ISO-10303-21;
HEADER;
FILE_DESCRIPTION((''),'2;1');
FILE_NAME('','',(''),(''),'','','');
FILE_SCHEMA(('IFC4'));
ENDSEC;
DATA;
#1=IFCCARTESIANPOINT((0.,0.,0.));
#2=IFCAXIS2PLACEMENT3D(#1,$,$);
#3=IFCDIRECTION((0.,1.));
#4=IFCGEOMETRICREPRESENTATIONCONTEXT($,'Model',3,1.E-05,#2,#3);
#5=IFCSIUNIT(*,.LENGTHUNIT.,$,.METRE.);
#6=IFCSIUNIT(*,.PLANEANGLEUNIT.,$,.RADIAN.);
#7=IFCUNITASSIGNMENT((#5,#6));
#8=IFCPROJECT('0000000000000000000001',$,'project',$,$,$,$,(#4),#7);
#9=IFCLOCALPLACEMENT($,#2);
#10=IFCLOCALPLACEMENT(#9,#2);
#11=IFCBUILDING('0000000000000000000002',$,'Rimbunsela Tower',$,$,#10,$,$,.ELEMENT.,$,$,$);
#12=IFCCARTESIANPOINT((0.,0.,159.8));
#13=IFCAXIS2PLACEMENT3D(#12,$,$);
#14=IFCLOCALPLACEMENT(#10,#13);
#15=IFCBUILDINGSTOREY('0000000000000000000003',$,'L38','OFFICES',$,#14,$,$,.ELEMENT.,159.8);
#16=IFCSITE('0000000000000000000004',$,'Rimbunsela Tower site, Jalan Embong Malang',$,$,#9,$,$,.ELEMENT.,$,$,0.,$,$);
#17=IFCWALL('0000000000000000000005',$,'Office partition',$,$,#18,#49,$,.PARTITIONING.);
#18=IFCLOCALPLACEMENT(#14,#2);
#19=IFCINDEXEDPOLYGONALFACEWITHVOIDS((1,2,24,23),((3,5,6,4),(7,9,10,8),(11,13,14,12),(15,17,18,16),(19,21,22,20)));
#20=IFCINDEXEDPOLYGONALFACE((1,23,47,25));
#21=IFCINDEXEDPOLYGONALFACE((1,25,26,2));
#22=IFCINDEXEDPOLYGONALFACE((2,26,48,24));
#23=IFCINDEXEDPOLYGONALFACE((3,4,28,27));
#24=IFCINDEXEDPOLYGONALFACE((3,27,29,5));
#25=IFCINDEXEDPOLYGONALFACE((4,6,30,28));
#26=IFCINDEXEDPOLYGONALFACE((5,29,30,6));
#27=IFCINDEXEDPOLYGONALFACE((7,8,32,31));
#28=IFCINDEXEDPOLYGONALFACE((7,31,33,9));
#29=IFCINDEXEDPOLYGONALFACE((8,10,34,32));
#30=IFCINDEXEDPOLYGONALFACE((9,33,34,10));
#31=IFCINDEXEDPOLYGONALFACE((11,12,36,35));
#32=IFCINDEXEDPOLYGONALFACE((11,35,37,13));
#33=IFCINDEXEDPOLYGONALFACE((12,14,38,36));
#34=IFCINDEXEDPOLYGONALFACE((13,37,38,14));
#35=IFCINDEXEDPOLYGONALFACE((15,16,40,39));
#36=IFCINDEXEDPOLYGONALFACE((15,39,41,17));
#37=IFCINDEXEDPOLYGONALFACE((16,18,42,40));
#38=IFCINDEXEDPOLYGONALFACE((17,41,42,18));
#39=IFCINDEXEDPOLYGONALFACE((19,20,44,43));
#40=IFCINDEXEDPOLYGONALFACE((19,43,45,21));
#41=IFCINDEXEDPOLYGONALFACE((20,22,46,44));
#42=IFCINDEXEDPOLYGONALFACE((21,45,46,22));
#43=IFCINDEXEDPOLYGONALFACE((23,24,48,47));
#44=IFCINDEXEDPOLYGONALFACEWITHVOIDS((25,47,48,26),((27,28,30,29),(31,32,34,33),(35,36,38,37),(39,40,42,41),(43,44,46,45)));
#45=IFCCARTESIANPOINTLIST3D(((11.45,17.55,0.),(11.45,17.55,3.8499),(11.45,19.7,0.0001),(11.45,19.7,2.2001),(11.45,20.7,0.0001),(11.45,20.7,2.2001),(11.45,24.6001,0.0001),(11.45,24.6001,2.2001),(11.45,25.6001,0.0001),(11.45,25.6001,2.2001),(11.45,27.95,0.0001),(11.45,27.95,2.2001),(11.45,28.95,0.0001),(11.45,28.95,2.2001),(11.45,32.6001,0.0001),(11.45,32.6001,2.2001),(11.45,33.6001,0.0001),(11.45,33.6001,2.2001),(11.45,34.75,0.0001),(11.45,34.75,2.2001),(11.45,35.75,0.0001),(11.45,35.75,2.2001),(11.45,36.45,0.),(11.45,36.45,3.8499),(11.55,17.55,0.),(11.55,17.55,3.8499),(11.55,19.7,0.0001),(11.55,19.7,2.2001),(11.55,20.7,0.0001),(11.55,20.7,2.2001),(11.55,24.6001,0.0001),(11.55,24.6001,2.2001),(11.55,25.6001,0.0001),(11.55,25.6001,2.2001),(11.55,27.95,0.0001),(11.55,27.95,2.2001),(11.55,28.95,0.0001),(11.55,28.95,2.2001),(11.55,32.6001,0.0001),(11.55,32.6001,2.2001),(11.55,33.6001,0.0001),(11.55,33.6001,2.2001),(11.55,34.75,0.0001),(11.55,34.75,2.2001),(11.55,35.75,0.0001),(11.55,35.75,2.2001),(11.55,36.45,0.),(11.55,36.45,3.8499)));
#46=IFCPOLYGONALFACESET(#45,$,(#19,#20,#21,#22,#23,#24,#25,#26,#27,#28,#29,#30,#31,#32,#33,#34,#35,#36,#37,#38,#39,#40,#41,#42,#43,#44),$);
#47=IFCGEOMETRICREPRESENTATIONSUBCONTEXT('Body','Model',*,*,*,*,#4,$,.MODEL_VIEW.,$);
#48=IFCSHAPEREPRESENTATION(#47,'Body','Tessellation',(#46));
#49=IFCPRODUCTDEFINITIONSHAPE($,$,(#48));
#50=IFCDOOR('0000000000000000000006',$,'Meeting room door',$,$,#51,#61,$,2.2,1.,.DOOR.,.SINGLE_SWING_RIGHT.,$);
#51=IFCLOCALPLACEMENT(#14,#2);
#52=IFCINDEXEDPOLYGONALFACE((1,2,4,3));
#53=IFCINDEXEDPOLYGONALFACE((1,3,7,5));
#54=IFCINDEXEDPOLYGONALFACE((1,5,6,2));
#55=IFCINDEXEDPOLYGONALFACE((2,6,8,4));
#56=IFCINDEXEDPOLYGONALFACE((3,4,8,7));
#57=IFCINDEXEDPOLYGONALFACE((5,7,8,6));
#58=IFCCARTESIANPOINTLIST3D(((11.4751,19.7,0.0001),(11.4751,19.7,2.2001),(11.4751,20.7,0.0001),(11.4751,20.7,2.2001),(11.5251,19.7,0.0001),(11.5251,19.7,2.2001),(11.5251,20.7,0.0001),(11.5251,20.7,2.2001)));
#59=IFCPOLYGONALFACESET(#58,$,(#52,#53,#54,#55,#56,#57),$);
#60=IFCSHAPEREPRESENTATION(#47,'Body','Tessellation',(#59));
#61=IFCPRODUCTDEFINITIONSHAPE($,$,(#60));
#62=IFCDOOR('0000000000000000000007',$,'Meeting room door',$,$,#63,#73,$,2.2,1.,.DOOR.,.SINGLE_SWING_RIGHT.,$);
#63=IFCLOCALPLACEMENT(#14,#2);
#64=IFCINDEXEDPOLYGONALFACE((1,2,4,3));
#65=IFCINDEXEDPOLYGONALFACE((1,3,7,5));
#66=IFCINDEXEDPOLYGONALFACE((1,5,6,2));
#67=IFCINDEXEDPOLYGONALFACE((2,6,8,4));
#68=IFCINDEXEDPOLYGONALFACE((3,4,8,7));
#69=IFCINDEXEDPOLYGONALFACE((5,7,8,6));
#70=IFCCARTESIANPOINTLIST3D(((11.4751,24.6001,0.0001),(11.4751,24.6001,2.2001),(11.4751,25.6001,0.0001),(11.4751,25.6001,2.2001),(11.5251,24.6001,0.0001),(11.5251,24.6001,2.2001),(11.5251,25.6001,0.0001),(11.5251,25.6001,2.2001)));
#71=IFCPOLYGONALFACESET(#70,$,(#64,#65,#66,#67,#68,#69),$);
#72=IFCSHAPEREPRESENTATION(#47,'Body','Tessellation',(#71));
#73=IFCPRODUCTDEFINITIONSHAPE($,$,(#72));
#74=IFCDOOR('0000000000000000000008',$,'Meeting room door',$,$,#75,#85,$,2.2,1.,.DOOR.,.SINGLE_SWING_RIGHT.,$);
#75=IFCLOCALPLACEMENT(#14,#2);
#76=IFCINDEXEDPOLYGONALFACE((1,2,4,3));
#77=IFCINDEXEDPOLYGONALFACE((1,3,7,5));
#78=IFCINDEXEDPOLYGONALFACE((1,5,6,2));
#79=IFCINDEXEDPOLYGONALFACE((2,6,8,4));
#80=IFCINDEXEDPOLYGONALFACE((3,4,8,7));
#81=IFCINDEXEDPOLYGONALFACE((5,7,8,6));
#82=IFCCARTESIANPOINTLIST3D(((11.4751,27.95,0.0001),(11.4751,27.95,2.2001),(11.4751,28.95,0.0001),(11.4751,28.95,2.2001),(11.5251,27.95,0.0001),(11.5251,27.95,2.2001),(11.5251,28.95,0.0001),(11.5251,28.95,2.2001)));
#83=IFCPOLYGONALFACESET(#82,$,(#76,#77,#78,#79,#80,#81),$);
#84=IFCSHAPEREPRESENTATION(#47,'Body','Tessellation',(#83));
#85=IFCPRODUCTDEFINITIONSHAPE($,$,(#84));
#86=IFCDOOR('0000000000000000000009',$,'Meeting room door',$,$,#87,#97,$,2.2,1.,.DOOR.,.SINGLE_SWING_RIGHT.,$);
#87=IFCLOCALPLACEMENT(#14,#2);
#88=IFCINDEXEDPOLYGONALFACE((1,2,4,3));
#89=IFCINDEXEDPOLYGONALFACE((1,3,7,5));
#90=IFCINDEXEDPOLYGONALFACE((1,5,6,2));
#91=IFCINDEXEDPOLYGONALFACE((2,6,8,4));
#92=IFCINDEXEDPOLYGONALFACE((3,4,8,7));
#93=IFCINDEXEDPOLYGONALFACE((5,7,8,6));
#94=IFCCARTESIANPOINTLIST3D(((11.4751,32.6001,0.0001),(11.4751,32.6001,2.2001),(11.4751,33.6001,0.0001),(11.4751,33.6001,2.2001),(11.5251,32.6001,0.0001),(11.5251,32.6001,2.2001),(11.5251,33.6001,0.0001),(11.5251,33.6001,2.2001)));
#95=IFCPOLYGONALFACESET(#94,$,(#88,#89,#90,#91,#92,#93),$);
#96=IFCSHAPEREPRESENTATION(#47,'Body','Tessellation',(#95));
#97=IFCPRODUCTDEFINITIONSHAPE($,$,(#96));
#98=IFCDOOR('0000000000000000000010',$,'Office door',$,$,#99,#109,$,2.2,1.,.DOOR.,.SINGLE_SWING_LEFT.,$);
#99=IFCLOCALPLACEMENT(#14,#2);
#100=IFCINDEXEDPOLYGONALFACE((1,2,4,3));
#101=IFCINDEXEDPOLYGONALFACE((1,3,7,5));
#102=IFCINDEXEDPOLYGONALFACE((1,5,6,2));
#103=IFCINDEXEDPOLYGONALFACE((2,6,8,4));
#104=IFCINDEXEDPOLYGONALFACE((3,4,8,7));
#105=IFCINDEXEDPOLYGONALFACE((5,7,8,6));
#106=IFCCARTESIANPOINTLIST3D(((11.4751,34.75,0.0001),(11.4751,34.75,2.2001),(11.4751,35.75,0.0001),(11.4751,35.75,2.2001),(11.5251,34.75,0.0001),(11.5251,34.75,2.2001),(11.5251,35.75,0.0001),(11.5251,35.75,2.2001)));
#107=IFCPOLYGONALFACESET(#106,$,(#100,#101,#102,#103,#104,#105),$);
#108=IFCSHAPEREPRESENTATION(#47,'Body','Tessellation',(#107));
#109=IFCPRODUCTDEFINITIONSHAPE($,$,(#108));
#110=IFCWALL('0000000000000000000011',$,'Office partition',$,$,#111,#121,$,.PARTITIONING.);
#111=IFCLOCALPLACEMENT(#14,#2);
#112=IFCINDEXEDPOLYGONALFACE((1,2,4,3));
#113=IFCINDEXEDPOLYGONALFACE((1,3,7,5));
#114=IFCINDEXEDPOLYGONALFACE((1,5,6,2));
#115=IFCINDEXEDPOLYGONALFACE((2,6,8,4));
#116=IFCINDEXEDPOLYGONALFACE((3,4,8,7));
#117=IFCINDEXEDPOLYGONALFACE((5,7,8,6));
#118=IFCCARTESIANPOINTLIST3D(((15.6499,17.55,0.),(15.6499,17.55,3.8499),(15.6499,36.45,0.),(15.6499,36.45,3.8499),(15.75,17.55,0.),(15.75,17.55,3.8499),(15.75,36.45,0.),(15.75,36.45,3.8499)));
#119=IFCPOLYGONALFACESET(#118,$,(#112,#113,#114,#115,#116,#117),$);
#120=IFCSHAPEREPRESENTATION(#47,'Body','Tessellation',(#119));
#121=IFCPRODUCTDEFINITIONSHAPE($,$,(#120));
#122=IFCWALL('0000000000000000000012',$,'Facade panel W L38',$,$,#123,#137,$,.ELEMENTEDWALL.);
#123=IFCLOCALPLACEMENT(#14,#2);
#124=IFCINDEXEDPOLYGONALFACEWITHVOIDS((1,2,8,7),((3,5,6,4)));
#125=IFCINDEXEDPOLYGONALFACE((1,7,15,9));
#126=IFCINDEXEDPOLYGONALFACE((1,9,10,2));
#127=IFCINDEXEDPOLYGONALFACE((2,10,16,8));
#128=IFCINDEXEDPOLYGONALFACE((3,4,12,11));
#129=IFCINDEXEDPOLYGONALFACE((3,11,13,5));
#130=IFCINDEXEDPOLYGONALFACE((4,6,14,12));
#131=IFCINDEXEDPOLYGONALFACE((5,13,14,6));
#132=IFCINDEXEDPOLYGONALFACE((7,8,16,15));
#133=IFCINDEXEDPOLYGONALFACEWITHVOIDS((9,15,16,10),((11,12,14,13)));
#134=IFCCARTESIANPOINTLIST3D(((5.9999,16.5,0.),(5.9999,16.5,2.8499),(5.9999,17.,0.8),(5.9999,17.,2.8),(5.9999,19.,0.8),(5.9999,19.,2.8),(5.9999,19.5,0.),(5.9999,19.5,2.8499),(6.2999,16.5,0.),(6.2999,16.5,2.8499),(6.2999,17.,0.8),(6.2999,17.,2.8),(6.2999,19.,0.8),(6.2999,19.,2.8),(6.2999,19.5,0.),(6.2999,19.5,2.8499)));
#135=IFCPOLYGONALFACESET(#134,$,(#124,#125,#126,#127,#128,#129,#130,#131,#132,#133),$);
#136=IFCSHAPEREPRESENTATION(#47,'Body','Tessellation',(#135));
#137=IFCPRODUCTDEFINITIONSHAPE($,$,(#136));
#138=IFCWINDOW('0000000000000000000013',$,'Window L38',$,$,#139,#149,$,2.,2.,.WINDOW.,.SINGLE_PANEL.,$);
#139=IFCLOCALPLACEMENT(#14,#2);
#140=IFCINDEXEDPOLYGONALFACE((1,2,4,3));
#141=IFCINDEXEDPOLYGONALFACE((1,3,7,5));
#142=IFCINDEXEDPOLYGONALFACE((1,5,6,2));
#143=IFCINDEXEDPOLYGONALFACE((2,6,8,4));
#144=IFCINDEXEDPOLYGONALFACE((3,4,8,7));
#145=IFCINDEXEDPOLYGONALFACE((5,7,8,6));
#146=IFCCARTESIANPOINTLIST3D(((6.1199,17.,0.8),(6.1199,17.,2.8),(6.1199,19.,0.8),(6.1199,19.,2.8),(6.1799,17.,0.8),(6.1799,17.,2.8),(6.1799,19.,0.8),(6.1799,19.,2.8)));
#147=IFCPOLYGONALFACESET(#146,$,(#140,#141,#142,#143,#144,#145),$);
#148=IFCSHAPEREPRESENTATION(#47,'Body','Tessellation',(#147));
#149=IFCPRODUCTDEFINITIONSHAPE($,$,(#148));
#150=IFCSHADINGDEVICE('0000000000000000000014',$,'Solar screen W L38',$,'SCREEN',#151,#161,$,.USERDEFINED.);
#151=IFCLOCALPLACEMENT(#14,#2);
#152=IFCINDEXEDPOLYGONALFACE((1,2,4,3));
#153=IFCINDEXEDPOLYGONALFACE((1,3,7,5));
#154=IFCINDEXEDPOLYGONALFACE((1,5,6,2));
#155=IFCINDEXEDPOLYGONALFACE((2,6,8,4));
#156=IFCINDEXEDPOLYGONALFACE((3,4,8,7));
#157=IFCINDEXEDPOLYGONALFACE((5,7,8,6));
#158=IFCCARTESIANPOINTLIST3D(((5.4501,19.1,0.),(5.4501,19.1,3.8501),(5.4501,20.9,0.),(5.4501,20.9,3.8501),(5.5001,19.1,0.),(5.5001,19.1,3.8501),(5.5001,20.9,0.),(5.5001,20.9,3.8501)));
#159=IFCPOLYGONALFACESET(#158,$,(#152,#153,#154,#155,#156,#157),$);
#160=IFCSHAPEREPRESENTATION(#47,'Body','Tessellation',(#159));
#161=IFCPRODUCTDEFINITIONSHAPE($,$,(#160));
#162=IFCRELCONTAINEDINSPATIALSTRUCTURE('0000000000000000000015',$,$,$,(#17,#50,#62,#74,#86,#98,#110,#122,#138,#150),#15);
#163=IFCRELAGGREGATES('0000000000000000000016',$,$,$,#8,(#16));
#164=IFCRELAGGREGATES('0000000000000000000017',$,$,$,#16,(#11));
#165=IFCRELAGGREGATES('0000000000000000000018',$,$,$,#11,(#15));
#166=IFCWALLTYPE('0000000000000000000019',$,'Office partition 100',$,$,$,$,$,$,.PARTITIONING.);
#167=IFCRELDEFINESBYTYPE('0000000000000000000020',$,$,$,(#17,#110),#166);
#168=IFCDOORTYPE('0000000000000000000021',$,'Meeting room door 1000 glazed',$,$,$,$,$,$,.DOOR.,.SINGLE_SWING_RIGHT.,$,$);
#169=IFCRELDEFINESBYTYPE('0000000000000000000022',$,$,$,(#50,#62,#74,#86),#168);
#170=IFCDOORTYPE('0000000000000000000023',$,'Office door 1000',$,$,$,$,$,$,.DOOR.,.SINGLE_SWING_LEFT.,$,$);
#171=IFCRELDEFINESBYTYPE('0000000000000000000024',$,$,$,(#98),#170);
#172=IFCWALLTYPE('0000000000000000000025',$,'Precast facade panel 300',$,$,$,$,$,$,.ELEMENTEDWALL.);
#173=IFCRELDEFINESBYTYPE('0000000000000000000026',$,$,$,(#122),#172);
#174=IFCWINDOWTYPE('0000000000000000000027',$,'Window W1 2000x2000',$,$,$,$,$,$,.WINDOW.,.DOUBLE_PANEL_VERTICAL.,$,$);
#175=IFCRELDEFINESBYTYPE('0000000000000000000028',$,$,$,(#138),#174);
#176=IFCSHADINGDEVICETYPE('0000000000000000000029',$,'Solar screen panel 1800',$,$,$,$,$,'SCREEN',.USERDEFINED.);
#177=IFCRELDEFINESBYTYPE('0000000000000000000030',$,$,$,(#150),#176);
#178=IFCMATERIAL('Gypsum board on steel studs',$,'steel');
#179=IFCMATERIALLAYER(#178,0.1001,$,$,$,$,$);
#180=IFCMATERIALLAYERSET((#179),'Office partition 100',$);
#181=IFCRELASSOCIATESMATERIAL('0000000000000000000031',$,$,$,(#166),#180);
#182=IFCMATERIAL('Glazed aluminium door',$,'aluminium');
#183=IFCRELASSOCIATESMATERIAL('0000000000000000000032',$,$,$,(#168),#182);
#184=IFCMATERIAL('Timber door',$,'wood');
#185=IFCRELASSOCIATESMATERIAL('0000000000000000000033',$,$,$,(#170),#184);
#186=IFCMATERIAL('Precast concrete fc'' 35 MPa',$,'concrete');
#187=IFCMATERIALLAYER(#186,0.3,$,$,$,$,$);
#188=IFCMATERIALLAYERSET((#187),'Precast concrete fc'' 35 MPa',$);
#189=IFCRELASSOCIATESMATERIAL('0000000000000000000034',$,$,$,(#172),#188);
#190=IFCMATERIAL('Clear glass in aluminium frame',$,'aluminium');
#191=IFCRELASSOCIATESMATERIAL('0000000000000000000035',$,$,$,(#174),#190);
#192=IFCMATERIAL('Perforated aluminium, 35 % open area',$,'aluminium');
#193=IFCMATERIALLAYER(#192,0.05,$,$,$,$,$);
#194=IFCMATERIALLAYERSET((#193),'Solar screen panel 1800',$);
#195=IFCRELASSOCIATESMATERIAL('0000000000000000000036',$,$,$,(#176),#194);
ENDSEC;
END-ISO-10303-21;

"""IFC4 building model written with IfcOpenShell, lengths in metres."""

from ifc_helpers import new_model, si_unit, direction, frame, frame_2d, origin, origin_2d, place, context, subcontext, project, spatial, rectangle, extrude, material, layer, layer_set, type_object, element, fill, save


model = new_model("IFC4")

# Units and contexts
model_context = context("Model", 3, precision=1e-05, world=origin(), true_north=direction((0.0, 1.0)))
body_context = subcontext(model_context, "Body", "Model", "MODEL_VIEW")
ifc_project = project(units=[si_unit("LENGTHUNIT", "METRE"), si_unit("PLANEANGLEUNIT", "RADIAN")], contexts=[model_context])

# Site, building, storey
site_placement = place(None, origin())
site = spatial("IfcSite", under=ifc_project, at=site_placement, Name="Rimbunsela Tower site, Jalan Embong Malang", CompositionType="ELEMENT", RefElevation=0.0)
building_placement = place(site_placement, origin())
building = spatial("IfcBuilding", under=site, at=building_placement, Name="Rimbunsela Tower", CompositionType="ELEMENT")
storey_placement = place(building_placement, frame((0.0, 0.0, 159.8)))
storey = spatial("IfcBuildingStorey", under=building, at=storey_placement, Name="L38", Description="OFFICES", CompositionType="ELEMENT", Elevation=159.8)

# Shared definitions
ifc_material_1 = material(Name="Gypsum board on steel studs", Category="steel")
ifc_layer_1 = layer(ifc_material_1, 0.1001)
ifc_layer_set_1 = layer_set([ifc_layer_1], Name="Office partition 100")
wall_type_1 = type_object("IfcWallType", Name="Office partition 100", PredefinedType="PARTITIONING", material=ifc_layer_set_1)

# Wall, openings, doors
wall_1_placement = place(storey_placement, frame((11.5, 17.55, 0.0), z_axis=(0.0, 0.0, 1.0), x_axis=(0.0, 1.0, 0.0)))
wall_1 = element("IfcWall", 1, at=wall_1_placement, inside=storey, type_object=wall_type_1, Name="Office partition", PredefinedType="PARTITIONING", context=body_context, shape_type="SweptSolid", body=[
    extrude(rectangle(XDim=18.8999, YDim=0.1001, at=frame_2d((9.45, 0.0))), origin(), (0.0, 0.0, 1.0), 3.8499),
])
opening_1_placement = place(wall_1_placement, frame((2.1499, 0.0, 0.0)))
opening_1 = element("IfcOpeningElement", 2, at=opening_1_placement, cuts=wall_1, PredefinedType="OPENING", context=body_context, shape_type="SweptSolid", body=[
    extrude(rectangle(XDim=1.0, YDim=2.2, at=frame_2d((0.5, 1.1001))), frame((0.0, 0.0601, 0.0), z_axis=(0.0, -1.0, 0.0), x_axis=(1.0, 0.0, 0.0)), (0.0, 0.0, 1.0), 0.1201),
])
opening_2_placement = place(wall_1_placement, frame((7.05, 0.0, 0.0)))
opening_2 = element("IfcOpeningElement", 3, at=opening_2_placement, cuts=wall_1, PredefinedType="OPENING", context=body_context, shape_type="SweptSolid", body=[
    extrude(rectangle(XDim=1.0, YDim=2.2, at=frame_2d((0.5, 1.1001))), frame((0.0, 0.0601, 0.0), z_axis=(0.0, -1.0, 0.0), x_axis=(1.0, 0.0, 0.0)), (0.0, 0.0, 1.0), 0.1201),
])
opening_3_placement = place(wall_1_placement, frame((10.3999, 0.0, 0.0)))
opening_3 = element("IfcOpeningElement", 4, at=opening_3_placement, cuts=wall_1, PredefinedType="OPENING", context=body_context, shape_type="SweptSolid", body=[
    extrude(rectangle(XDim=1.0, YDim=2.2, at=frame_2d((0.5, 1.1001))), frame((0.0, 0.0601, 0.0), z_axis=(0.0, -1.0, 0.0), x_axis=(1.0, 0.0, 0.0)), (0.0, 0.0, 1.0), 0.1201),
])
opening_4_placement = place(wall_1_placement, frame((15.05, 0.0, 0.0)))
opening_4 = element("IfcOpeningElement", 5, at=opening_4_placement, cuts=wall_1, PredefinedType="OPENING", context=body_context, shape_type="SweptSolid", body=[
    extrude(rectangle(XDim=1.0, YDim=2.2, at=frame_2d((0.5, 1.1001))), frame((0.0, 0.0601, 0.0), z_axis=(0.0, -1.0, 0.0), x_axis=(1.0, 0.0, 0.0)), (0.0, 0.0, 1.0), 0.1201),
])
opening_5_placement = place(wall_1_placement, frame((17.2, 0.0, 0.0)))
opening_5 = element("IfcOpeningElement", 6, at=opening_5_placement, cuts=wall_1, PredefinedType="OPENING", context=body_context, shape_type="SweptSolid", body=[
    extrude(rectangle(XDim=1.0, YDim=2.2, at=frame_2d((0.5, 1.1001))), frame((0.0, 0.0601, 0.0), z_axis=(0.0, -1.0, 0.0), x_axis=(1.0, 0.0, 0.0)), (0.0, 0.0, 1.0), 0.1201),
])
ifc_material_2 = material(Name="Glazed aluminium door", Category="aluminium")
door_type_1 = type_object("IfcDoorType", Name="Meeting room door 1000 glazed", OperationType="SINGLE_SWING_RIGHT", PredefinedType="DOOR", material=ifc_material_2)
door_1_placement = place(opening_1_placement, origin())
door_1 = element("IfcDoor", 7, at=door_1_placement, inside=storey, type_object=door_type_1, Name="Meeting room door", OperationType="SINGLE_SWING_RIGHT", OverallHeight=2.2, OverallWidth=1.0, PredefinedType="DOOR", context=body_context, shape_type="SweptSolid", body=[
    extrude(rectangle(XDim=1.0, YDim=2.2, at=frame_2d((0.5, 1.1001))), frame((0.0, 0.0249, 0.0), z_axis=(0.0, -1.0, 0.0), x_axis=(1.0, 0.0, 0.0)), (0.0, 0.0, 1.0), 0.05),
])
fill(opening_1, door_1)
door_2_placement = place(opening_2_placement, origin())
door_2 = element("IfcDoor", 8, at=door_2_placement, inside=storey, type_object=door_type_1, Name="Meeting room door", OperationType="SINGLE_SWING_RIGHT", OverallHeight=2.2, OverallWidth=1.0, PredefinedType="DOOR", context=body_context, shape_type="SweptSolid", body=[
    extrude(rectangle(XDim=1.0, YDim=2.2, at=frame_2d((0.5, 1.1001))), frame((0.0, 0.0249, 0.0), z_axis=(0.0, -1.0, 0.0), x_axis=(1.0, 0.0, 0.0)), (0.0, 0.0, 1.0), 0.05),
])
fill(opening_2, door_2)
door_3_placement = place(opening_3_placement, origin())
door_3 = element("IfcDoor", 9, at=door_3_placement, inside=storey, type_object=door_type_1, Name="Meeting room door", OperationType="SINGLE_SWING_RIGHT", OverallHeight=2.2, OverallWidth=1.0, PredefinedType="DOOR", context=body_context, shape_type="SweptSolid", body=[
    extrude(rectangle(XDim=1.0, YDim=2.2, at=frame_2d((0.5, 1.1001))), frame((0.0, 0.0249, 0.0), z_axis=(0.0, -1.0, 0.0), x_axis=(1.0, 0.0, 0.0)), (0.0, 0.0, 1.0), 0.05),
])
fill(opening_3, door_3)
door_4_placement = place(opening_4_placement, origin())
door_4 = element("IfcDoor", 10, at=door_4_placement, inside=storey, type_object=door_type_1, Name="Meeting room door", OperationType="SINGLE_SWING_RIGHT", OverallHeight=2.2, OverallWidth=1.0, PredefinedType="DOOR", context=body_context, shape_type="SweptSolid", body=[
    extrude(rectangle(XDim=1.0, YDim=2.2, at=frame_2d((0.5, 1.1001))), frame((0.0, 0.0249, 0.0), z_axis=(0.0, -1.0, 0.0), x_axis=(1.0, 0.0, 0.0)), (0.0, 0.0, 1.0), 0.05),
])
fill(opening_4, door_4)
ifc_material_3 = material(Name="Timber door", Category="wood")
door_type_2 = type_object("IfcDoorType", Name="Office door 1000", OperationType="SINGLE_SWING_LEFT", PredefinedType="DOOR", material=ifc_material_3)
door_5_placement = place(opening_5_placement, origin())
door_5 = element("IfcDoor", 11, at=door_5_placement, inside=storey, type_object=door_type_2, Name="Office door", OperationType="SINGLE_SWING_LEFT", OverallHeight=2.2, OverallWidth=1.0, PredefinedType="DOOR", context=body_context, shape_type="SweptSolid", body=[
    extrude(rectangle(XDim=1.0, YDim=2.2, at=frame_2d((0.5, 1.1001))), frame((0.0, 0.0249, 0.0), z_axis=(0.0, -1.0, 0.0), x_axis=(1.0, 0.0, 0.0)), (0.0, 0.0, 1.0), 0.05),
])
fill(opening_5, door_5)

# Wall
wall_2_placement = place(storey_placement, frame((15.7, 17.55, 0.0), z_axis=(0.0, 0.0, 1.0), x_axis=(0.0, 1.0, 0.0)))
element("IfcWall", 12, at=wall_2_placement, inside=storey, type_object=wall_type_1, Name="Office partition", PredefinedType="PARTITIONING", context=body_context, shape_type="SweptSolid", body=[
    extrude(rectangle(XDim=18.8999, YDim=0.1001, at=frame_2d((9.45, 0.0))), origin(), (0.0, 0.0, 1.0), 3.8499),
])

# Wall, opening, window
ifc_material_4 = material(Name="Precast concrete fc' 35 MPa", Category="concrete")
ifc_layer_2 = layer(ifc_material_4, 0.3)
ifc_layer_set_2 = layer_set([ifc_layer_2], Name="Precast concrete fc' 35 MPa")
wall_type_2 = type_object("IfcWallType", Name="Precast facade panel 300", PredefinedType="ELEMENTEDWALL", material=ifc_layer_set_2)
wall_3_placement = place(storey_placement, frame((6.1499, 19.5, 0.0), z_axis=(0.0, 0.0, 1.0), x_axis=(0.0, -1.0, 0.0)))
wall_3 = element("IfcWall", 13, at=wall_3_placement, inside=storey, type_object=wall_type_2, Name="Facade panel W L38", PredefinedType="ELEMENTEDWALL", context=body_context, shape_type="SweptSolid", body=[
    extrude(rectangle(XDim=3.0, YDim=0.3, at=frame_2d((1.5, 0.0))), origin(), (0.0, 0.0, 1.0), 2.8499),
])
opening_6_placement = place(wall_3_placement, frame((0.5, 0.0, 0.8)))
opening_6 = element("IfcOpeningElement", 14, at=opening_6_placement, cuts=wall_3, PredefinedType="OPENING", context=body_context, shape_type="SweptSolid", body=[
    extrude(rectangle(XDim=2.0, YDim=2.0, at=frame_2d((1.0, 1.0))), frame((0.0, 0.1599, 0.0), z_axis=(0.0, -1.0, 0.0), x_axis=(1.0, 0.0, 0.0)), (0.0, 0.0, 1.0), 0.3201),
])
ifc_material_5 = material(Name="Clear glass in aluminium frame", Category="aluminium")
window_type = type_object("IfcWindowType", Name="Window W1 2000x2000", PartitioningType="DOUBLE_PANEL_VERTICAL", PredefinedType="WINDOW", material=ifc_material_5)
window_placement = place(opening_6_placement, origin())
window = element("IfcWindow", 15, at=window_placement, inside=storey, type_object=window_type, Name="Window L38", OverallHeight=2.0, OverallWidth=2.0, PartitioningType="SINGLE_PANEL", PredefinedType="WINDOW", context=body_context, shape_type="SweptSolid", body=[
    extrude(rectangle(XDim=2.0, YDim=2.0, at=frame_2d((1.0, 1.0))), frame((0.0, 0.03, 0.0), z_axis=(0.0, -1.0, 0.0), x_axis=(1.0, 0.0, 0.0)), (0.0, 0.0, 1.0), 0.0601),
])
fill(opening_6, window)

# Shading device
ifc_material_6 = material(Name="Perforated aluminium, 35 % open area", Category="aluminium")
ifc_layer_3 = layer(ifc_material_6, 0.05)
ifc_layer_set_3 = layer_set([ifc_layer_3], Name="Solar screen panel 1800")
shading_device_type = type_object("IfcShadingDeviceType", Name="Solar screen panel 1800", ElementType="SCREEN", PredefinedType="USERDEFINED", material=ifc_layer_set_3)
shading_device_placement = place(storey_placement, frame((5.4751, 20.0, 0.0), z_axis=(0.0, 0.0, 1.0), x_axis=(0.0, 1.0, 0.0)))
element("IfcShadingDevice", 16, at=shading_device_placement, inside=storey, type_object=shading_device_type, Name="Solar screen W L38", ObjectType="SCREEN", PredefinedType="USERDEFINED", context=body_context, shape_type="SweptSolid", body=[
    extrude(rectangle(XDim=1.8, YDim=0.05, at=origin_2d()), origin(), (0.0, 0.0, 1.0), 3.8501),
])

save(model, "model.ifc")
